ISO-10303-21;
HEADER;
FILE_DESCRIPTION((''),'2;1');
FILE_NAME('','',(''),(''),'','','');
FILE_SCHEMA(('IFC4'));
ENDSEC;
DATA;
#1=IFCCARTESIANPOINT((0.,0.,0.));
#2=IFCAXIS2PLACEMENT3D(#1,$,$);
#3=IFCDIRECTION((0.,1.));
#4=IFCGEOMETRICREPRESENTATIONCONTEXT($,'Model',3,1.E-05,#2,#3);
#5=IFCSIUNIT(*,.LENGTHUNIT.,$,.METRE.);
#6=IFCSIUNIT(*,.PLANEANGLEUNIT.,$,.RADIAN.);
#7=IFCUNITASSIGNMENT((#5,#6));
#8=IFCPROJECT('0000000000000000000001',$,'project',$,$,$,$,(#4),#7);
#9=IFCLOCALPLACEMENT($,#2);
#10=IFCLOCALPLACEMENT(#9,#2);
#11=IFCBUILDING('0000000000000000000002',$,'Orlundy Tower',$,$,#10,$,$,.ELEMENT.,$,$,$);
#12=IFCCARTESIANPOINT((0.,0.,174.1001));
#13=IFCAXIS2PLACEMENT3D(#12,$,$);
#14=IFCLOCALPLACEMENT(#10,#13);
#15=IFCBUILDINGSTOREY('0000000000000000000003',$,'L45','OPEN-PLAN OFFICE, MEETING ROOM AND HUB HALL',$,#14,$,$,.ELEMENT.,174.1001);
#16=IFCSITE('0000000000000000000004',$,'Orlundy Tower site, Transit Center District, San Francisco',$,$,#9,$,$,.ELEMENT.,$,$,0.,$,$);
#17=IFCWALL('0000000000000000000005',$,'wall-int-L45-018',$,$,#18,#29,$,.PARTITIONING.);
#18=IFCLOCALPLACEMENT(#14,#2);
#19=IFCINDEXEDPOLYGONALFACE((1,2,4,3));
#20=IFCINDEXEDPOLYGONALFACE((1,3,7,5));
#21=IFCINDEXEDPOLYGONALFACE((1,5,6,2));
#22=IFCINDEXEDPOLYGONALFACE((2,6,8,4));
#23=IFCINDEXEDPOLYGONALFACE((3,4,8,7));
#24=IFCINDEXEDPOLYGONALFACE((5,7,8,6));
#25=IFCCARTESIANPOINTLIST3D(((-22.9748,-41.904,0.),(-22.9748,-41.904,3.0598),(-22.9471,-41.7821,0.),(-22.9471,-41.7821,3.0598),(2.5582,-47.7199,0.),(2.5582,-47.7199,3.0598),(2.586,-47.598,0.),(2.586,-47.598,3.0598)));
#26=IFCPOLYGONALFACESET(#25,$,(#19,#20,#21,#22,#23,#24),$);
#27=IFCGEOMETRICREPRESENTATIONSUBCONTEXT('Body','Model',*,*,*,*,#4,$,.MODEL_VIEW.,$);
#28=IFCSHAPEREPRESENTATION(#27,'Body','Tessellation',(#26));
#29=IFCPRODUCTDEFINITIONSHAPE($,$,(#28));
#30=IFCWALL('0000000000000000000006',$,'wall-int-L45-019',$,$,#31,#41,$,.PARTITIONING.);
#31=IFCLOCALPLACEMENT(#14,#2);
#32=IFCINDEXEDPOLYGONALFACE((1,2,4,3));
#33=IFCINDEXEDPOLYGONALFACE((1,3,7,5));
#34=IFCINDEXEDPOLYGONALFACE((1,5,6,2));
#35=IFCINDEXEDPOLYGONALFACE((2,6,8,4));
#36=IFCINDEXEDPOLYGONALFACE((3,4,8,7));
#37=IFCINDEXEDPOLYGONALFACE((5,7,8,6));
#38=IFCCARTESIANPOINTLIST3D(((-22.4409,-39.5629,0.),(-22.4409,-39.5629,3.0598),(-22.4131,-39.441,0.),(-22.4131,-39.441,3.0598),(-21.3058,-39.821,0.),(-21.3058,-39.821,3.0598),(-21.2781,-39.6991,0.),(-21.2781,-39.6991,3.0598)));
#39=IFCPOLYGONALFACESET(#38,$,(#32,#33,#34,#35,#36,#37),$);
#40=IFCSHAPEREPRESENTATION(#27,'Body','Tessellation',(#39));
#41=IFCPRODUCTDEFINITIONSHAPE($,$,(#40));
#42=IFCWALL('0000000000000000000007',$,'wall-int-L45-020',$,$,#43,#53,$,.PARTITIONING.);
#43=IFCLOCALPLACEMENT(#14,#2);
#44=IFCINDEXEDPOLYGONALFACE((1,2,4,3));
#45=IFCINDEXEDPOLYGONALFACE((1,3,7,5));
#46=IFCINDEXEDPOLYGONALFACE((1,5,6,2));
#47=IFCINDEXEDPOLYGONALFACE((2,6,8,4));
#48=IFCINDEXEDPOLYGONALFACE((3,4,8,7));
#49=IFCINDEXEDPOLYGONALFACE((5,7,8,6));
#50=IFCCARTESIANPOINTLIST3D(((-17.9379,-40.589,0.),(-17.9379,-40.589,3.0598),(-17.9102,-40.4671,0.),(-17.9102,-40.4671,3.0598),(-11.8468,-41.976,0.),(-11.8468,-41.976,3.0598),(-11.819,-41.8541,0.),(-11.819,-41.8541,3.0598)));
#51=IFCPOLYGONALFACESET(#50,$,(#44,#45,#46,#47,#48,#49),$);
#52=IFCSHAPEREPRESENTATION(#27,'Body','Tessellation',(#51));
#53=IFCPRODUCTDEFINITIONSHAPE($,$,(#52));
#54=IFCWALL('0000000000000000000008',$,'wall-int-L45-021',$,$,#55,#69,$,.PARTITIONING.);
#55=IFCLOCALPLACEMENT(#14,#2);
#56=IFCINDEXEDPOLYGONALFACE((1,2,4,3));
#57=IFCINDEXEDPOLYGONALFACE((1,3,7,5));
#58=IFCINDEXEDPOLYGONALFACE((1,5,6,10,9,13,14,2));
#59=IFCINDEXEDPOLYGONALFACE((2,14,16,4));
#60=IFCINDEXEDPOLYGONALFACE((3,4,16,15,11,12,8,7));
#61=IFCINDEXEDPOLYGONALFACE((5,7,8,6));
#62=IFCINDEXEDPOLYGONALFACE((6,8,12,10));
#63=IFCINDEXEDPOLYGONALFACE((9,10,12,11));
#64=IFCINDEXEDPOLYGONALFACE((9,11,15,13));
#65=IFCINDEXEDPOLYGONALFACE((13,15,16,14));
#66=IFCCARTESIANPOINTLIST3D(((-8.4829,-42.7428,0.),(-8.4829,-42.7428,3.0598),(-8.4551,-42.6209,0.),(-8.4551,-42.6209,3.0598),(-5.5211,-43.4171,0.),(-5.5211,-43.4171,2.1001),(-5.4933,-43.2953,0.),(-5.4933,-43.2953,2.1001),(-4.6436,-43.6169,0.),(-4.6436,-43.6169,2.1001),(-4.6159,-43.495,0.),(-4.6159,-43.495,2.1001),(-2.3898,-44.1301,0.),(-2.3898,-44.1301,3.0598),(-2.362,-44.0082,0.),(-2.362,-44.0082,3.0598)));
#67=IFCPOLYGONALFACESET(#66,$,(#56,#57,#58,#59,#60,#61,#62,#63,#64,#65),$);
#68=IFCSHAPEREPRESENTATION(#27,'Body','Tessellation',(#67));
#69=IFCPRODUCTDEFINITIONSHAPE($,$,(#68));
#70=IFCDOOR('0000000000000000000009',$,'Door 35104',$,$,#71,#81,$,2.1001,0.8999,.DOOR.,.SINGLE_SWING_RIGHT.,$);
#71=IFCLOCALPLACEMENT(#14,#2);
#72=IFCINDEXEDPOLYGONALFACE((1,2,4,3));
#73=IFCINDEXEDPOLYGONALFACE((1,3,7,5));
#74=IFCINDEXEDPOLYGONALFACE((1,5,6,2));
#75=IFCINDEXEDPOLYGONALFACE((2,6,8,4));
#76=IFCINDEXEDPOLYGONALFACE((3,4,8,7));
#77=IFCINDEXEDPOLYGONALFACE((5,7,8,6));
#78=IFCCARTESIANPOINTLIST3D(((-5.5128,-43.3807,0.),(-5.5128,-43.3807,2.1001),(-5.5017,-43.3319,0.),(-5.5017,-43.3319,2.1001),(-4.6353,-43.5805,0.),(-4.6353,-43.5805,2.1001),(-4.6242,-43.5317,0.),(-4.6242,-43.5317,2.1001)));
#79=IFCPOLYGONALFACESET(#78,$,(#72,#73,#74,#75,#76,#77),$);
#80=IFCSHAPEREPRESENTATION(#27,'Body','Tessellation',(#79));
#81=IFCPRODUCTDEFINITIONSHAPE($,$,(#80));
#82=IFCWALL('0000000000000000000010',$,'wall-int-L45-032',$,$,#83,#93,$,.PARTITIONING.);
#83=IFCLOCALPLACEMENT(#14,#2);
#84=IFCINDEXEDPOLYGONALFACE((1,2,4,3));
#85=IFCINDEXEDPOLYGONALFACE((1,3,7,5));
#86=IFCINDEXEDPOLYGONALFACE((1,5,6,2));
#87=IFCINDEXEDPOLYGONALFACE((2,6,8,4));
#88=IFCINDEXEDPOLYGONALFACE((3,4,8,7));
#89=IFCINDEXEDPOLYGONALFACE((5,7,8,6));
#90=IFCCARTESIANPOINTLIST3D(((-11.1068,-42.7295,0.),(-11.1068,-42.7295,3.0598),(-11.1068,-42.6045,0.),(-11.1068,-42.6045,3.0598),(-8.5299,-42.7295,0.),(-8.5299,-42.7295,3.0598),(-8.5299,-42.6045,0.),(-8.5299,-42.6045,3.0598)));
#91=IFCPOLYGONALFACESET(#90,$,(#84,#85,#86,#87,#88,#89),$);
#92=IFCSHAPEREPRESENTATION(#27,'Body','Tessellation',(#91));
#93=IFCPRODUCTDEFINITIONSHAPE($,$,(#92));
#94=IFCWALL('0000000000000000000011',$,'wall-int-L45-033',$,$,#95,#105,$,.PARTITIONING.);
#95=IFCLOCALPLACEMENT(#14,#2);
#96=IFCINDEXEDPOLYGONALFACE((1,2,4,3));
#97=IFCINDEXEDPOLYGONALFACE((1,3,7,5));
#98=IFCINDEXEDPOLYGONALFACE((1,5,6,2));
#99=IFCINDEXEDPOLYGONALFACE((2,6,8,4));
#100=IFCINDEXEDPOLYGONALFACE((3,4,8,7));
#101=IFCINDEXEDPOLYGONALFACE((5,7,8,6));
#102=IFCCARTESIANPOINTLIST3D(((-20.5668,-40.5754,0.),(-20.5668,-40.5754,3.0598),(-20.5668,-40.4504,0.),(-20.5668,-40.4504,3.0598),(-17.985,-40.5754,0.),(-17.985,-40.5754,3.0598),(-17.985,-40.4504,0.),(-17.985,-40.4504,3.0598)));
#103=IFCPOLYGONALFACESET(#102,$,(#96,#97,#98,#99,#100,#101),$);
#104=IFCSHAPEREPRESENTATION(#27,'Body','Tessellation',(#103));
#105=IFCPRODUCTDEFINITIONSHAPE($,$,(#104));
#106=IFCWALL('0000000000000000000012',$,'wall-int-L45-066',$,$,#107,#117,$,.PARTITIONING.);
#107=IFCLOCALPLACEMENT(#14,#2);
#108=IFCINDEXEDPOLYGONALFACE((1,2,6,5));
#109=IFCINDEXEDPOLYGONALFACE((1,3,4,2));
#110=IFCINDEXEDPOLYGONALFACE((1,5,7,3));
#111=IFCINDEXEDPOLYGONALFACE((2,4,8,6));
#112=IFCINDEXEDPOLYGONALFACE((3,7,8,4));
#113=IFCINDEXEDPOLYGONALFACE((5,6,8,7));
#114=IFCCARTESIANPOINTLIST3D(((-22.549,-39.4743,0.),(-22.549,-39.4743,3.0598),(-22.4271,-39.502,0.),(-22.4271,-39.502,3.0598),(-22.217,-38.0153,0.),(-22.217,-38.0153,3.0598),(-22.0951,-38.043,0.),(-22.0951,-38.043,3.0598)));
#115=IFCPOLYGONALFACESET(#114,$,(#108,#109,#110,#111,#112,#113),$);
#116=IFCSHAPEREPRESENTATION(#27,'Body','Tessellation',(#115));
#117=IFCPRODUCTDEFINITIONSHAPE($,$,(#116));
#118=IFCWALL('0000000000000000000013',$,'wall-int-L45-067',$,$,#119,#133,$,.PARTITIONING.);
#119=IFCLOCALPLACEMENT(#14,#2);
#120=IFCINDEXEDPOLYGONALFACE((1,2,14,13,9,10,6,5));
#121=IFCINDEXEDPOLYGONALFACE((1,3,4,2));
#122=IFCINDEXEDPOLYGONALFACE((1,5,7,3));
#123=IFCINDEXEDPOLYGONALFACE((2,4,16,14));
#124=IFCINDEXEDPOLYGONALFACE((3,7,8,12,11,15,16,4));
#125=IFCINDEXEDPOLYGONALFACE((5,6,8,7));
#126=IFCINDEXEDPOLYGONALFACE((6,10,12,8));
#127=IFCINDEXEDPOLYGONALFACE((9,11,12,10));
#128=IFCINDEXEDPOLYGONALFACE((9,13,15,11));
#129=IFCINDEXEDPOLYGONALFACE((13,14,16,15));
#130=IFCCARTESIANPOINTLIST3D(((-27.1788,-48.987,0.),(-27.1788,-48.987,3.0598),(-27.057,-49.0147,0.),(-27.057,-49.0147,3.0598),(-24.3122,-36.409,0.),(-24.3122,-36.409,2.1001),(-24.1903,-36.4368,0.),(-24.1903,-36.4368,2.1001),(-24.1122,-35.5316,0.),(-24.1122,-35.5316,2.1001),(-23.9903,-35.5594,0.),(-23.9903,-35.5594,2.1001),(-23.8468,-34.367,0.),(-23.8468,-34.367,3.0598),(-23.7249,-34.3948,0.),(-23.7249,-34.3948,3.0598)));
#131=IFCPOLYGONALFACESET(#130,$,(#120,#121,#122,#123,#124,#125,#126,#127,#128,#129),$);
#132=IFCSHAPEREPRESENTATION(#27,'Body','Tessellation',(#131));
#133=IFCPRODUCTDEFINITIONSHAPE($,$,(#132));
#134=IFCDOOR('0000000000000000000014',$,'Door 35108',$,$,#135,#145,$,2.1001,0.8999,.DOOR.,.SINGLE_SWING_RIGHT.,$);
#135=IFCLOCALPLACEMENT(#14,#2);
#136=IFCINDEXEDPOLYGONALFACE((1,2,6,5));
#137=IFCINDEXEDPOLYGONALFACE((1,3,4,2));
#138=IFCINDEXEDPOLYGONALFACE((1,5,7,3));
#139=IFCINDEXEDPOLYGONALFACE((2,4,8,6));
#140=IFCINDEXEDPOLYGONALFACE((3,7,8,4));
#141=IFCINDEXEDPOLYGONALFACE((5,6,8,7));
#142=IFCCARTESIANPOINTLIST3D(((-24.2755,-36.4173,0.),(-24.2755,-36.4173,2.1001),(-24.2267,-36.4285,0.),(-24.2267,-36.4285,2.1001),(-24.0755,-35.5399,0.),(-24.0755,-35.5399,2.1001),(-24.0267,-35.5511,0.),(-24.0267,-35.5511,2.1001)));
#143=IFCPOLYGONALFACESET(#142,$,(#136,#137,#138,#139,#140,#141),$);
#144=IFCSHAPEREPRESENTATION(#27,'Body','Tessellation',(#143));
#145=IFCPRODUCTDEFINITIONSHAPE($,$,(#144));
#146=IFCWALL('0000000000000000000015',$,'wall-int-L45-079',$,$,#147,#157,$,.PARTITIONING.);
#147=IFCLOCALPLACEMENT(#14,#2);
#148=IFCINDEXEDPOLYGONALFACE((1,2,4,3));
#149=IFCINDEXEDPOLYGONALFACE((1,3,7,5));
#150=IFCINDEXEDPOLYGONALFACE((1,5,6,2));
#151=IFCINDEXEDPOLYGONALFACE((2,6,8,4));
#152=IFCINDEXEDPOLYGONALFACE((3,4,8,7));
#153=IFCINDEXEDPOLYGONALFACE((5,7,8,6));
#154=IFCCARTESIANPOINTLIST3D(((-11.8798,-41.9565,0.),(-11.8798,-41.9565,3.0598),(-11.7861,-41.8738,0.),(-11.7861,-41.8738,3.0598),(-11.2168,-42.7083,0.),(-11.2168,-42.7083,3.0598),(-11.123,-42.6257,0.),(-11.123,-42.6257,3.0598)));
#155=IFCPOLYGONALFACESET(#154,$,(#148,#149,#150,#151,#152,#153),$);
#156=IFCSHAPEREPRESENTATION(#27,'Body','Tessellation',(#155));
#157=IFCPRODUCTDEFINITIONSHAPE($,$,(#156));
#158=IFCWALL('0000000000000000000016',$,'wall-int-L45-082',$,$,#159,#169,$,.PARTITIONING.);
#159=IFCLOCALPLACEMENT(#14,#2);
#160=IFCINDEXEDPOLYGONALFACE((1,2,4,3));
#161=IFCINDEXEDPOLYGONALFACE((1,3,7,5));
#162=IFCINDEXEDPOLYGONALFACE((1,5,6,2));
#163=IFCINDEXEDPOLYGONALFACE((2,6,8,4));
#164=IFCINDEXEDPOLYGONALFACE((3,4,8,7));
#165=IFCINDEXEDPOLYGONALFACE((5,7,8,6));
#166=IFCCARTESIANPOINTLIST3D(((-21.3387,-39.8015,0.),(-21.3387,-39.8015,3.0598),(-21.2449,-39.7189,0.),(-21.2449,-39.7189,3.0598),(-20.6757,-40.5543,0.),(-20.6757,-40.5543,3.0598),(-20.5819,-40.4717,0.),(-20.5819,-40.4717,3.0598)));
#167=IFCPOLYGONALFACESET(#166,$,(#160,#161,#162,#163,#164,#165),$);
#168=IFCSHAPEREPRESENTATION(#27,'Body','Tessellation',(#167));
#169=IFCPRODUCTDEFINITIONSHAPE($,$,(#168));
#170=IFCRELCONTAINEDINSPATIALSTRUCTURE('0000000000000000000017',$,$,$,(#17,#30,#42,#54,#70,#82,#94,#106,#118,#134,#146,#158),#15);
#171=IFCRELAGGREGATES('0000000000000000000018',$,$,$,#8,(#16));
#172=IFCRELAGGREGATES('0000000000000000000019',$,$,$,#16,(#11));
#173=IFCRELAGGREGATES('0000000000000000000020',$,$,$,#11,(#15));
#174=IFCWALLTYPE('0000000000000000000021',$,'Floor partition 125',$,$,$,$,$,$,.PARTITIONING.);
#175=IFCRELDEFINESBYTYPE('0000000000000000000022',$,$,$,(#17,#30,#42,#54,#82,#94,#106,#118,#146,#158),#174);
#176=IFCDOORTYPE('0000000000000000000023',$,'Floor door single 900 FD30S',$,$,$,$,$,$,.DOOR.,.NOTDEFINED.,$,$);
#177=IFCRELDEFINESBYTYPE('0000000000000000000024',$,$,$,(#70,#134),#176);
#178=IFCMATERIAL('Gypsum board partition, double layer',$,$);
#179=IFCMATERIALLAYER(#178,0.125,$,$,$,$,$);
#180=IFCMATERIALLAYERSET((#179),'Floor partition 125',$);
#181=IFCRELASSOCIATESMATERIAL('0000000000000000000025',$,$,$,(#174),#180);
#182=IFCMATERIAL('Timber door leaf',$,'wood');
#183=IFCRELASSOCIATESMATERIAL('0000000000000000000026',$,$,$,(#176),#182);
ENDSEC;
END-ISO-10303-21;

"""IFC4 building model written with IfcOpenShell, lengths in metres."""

from ifc_helpers import new_model, si_unit, direction, frame, frame_2d, origin, place, context, subcontext, project, spatial, rectangle, extrude, material, layer, layer_set, type_object, element, fill, save


model = new_model("IFC4")

# Units and contexts
model_context = context("Model", 3, precision=1e-05, world=origin(), true_north=direction((0.0, 1.0)))
body_context = subcontext(model_context, "Body", "Model", "MODEL_VIEW")
ifc_project = project(units=[si_unit("LENGTHUNIT", "METRE"), si_unit("PLANEANGLEUNIT", "RADIAN")], contexts=[model_context])

# Site, building, storey
site_placement = place(None, origin())
site = spatial("IfcSite", under=ifc_project, at=site_placement, Name="Orlundy Tower site, Transit Center District, San Francisco", CompositionType="ELEMENT", RefElevation=0.0)
building_placement = place(site_placement, origin())
building = spatial("IfcBuilding", under=site, at=building_placement, Name="Orlundy Tower", CompositionType="ELEMENT")
storey_placement = place(building_placement, frame((0.0, 0.0, 174.1001)))
storey = spatial("IfcBuildingStorey", under=building, at=storey_placement, Name="L45", Description="OPEN-PLAN OFFICE, MEETING ROOM AND HUB HALL", CompositionType="ELEMENT", Elevation=174.1001)

# Walls
ifc_material_1 = material(Name="Gypsum board partition, double layer")
ifc_layer_1 = layer(ifc_material_1, 0.125)
ifc_layer_set_1 = layer_set([ifc_layer_1], Name="Floor partition 125")
wall_type_1 = type_object("IfcWallType", Name="Floor partition 125", PredefinedType="PARTITIONING", material=ifc_layer_set_1)
wall_1_placement = place(storey_placement, frame((-22.9609, -41.843, 0.0), z_axis=(0.0, 0.0, 1.0), x_axis=(0.975026, -0.222092, 0.0)))
element("IfcWall", 1, at=wall_1_placement, inside=storey, type_object=wall_type_1, Name="wall-int-L45-018", PredefinedType="PARTITIONING", context=body_context, shape_type="SweptSolid", body=[
    extrude(rectangle(XDim=26.187, YDim=0.125, at=frame_2d((13.0935, 0.0))), origin(), (0.0, 0.0, 1.0), 3.0598),
])
wall_2_placement = place(storey_placement, frame((-22.427, -39.502, 0.0), z_axis=(0.0, 0.0, 1.0), x_axis=(0.975114, -0.221703, 0.0)))
element("IfcWall", 2, at=wall_2_placement, inside=storey, type_object=wall_type_1, Name="wall-int-L45-019", PredefinedType="PARTITIONING", context=body_context, shape_type="SweptSolid", body=[
    extrude(rectangle(XDim=1.1641, YDim=0.125, at=frame_2d((0.582, 0.0))), origin(), (0.0, 0.0, 1.0), 3.0598),
])
wall_3_placement = place(storey_placement, frame((-17.9241, -40.5281, 0.0), z_axis=(0.0, 0.0, 1.0), x_axis=(0.975042, -0.222021, 0.0)))
element("IfcWall", 3, at=wall_3_placement, inside=storey, type_object=wall_type_1, Name="wall-int-L45-020", PredefinedType="PARTITIONING", context=body_context, shape_type="SweptSolid", body=[
    extrude(rectangle(XDim=6.2471, YDim=0.125, at=frame_2d((3.1235, 0.0))), origin(), (0.0, 0.0, 1.0), 3.0598),
])

# Wall, opening, door
wall_4_placement = place(storey_placement, frame((-8.469, -42.6819, 0.0), z_axis=(0.0, 0.0, 1.0), x_axis=(0.975049, -0.221991, 0.0)))
wall_4 = element("IfcWall", 4, at=wall_4_placement, inside=storey, type_object=wall_type_1, Name="wall-int-L45-021", PredefinedType="PARTITIONING", context=body_context, shape_type="SweptSolid", body=[
    extrude(rectangle(XDim=6.249, YDim=0.125, at=frame_2d((3.1245, 0.0))), origin(), (0.0, 0.0, 1.0), 3.0598),
])
opening_1_placement = place(wall_4_placement, frame((3.0376, 0.0, 0.0)))
opening_1 = element("IfcOpeningElement", 5, at=opening_1_placement, cuts=wall_4, PredefinedType="OPENING", context=body_context, shape_type="SweptSolid", body=[
    extrude(rectangle(XDim=0.8999, YDim=2.1001, at=frame_2d((0.45, 1.05))), frame((0.0, 0.0725, 0.0), z_axis=(0.0, -1.0, 0.0), x_axis=(1.0, 0.0, 0.0)), (0.0, 0.0, 1.0), 0.145),
])
ifc_material_2 = material(Name="Timber door leaf", Category="wood")
door_type = type_object("IfcDoorType", Name="Floor door single 900 FD30S", OperationType="NOTDEFINED", PredefinedType="DOOR", material=ifc_material_2)
door_1_placement = place(opening_1_placement, origin())
door_1 = element("IfcDoor", 6, at=door_1_placement, inside=storey, type_object=door_type, Name="Door 35104", OperationType="SINGLE_SWING_RIGHT", OverallHeight=2.1001, OverallWidth=0.8999, PredefinedType="DOOR", context=body_context, shape_type="SweptSolid", body=[
    extrude(rectangle(XDim=0.8999, YDim=2.1001, at=frame_2d((0.45, 1.05))), frame((0.0, 0.0249, 0.0), z_axis=(0.0, -1.0, 0.0), x_axis=(1.0, 0.0, 0.0)), (0.0, 0.0, 1.0), 0.05),
])
fill(opening_1, door_1)

# Walls
wall_5_placement = place(storey_placement, frame((-11.1069, -42.667, 0.0), z_axis=(0.0, 0.0, 1.0), x_axis=(1.0, 0.0, 0.0)))
element("IfcWall", 7, at=wall_5_placement, inside=storey, type_object=wall_type_1, Name="wall-int-L45-032", PredefinedType="PARTITIONING", context=body_context, shape_type="SweptSolid", body=[
    extrude(rectangle(XDim=2.5769, YDim=0.125, at=frame_2d((1.2886, 0.0))), origin(), (0.0, 0.0, 1.0), 3.0598),
])
wall_6_placement = place(storey_placement, frame((-20.5669, -40.5129, 0.0), z_axis=(0.0, 0.0, 1.0), x_axis=(1.0, 0.0, 0.0)))
element("IfcWall", 8, at=wall_6_placement, inside=storey, type_object=wall_type_1, Name="wall-int-L45-033", PredefinedType="PARTITIONING", context=body_context, shape_type="SweptSolid", body=[
    extrude(rectangle(XDim=2.5818, YDim=0.125, at=frame_2d((1.291, 0.0))), origin(), (0.0, 0.0, 1.0), 3.0598),
])
wall_7_placement = place(storey_placement, frame((-22.488, -39.488, 0.0), z_axis=(0.0, 0.0, 1.0), x_axis=(0.221903, 0.975069, 0.0)))
element("IfcWall", 9, at=wall_7_placement, inside=storey, type_object=wall_type_1, Name="wall-int-L45-066", PredefinedType="PARTITIONING", context=body_context, shape_type="SweptSolid", body=[
    extrude(rectangle(XDim=1.4963, YDim=0.125, at=frame_2d((0.748, 0.0))), origin(), (0.0, 0.0, 1.0), 3.0598),
])

# Wall, opening, door
wall_8_placement = place(storey_placement, frame((-27.1179, -49.001, 0.0), z_axis=(0.0, 0.0, 1.0), x_axis=(0.222213, 0.974998, 0.0)))
wall_8 = element("IfcWall", 10, at=wall_8_placement, inside=storey, type_object=wall_type_1, Name="wall-int-L45-067", PredefinedType="PARTITIONING", context=body_context, shape_type="SweptSolid", body=[
    extrude(rectangle(XDim=14.9949, YDim=0.125, at=frame_2d((7.4976, 0.0))), origin(), (0.0, 0.0, 1.0), 3.0598),
])
opening_2_placement = place(wall_8_placement, frame((12.9006, 0.0, 0.0)))
opening_2 = element("IfcOpeningElement", 11, at=opening_2_placement, cuts=wall_8, PredefinedType="OPENING", context=body_context, shape_type="SweptSolid", body=[
    extrude(rectangle(XDim=0.8999, YDim=2.1001, at=frame_2d((0.45, 1.05))), frame((0.0, 0.0725, 0.0), z_axis=(0.0, -1.0, 0.0), x_axis=(1.0, 0.0, 0.0)), (0.0, 0.0, 1.0), 0.145),
])
door_2_placement = place(opening_2_placement, origin())
door_2 = element("IfcDoor", 12, at=door_2_placement, inside=storey, type_object=door_type, Name="Door 35108", OperationType="SINGLE_SWING_RIGHT", OverallHeight=2.1001, OverallWidth=0.8999, PredefinedType="DOOR", context=body_context, shape_type="SweptSolid", body=[
    extrude(rectangle(XDim=0.8999, YDim=2.1001, at=frame_2d((0.45, 1.05))), frame((0.0, 0.0249, 0.0), z_axis=(0.0, -1.0, 0.0), x_axis=(1.0, 0.0, 0.0)), (0.0, 0.0, 1.0), 0.05),
])
fill(opening_2, door_2)

# Walls
wall_9_placement = place(storey_placement, frame((-11.1699, -42.667, 0.0), z_axis=(0.0, 0.0, 1.0), x_axis=(-0.661396, 0.750037, 0.0)))
element("IfcWall", 13, at=wall_9_placement, inside=storey, type_object=wall_type_1, Name="wall-int-L45-079", PredefinedType="PARTITIONING", context=body_context, shape_type="SweptSolid", body=[
    extrude(rectangle(XDim=1.0024, YDim=0.125, at=frame_2d((0.5012, 0.0))), origin(), (0.0, 0.0, 1.0), 3.0598),
])
wall_10_placement = place(storey_placement, frame((-20.6289, -40.5129, 0.0), z_axis=(0.0, 0.0, 1.0), x_axis=(-0.660913, 0.750462, 0.0)))
element("IfcWall", 14, at=wall_10_placement, inside=storey, type_object=wall_type_1, Name="wall-int-L45-082", PredefinedType="PARTITIONING", context=body_context, shape_type="SweptSolid", body=[
    extrude(rectangle(XDim=1.0032, YDim=0.125, at=frame_2d((0.5015, 0.0))), origin(), (0.0, 0.0, 1.0), 3.0598),
])

save(model, "model.ifc")
